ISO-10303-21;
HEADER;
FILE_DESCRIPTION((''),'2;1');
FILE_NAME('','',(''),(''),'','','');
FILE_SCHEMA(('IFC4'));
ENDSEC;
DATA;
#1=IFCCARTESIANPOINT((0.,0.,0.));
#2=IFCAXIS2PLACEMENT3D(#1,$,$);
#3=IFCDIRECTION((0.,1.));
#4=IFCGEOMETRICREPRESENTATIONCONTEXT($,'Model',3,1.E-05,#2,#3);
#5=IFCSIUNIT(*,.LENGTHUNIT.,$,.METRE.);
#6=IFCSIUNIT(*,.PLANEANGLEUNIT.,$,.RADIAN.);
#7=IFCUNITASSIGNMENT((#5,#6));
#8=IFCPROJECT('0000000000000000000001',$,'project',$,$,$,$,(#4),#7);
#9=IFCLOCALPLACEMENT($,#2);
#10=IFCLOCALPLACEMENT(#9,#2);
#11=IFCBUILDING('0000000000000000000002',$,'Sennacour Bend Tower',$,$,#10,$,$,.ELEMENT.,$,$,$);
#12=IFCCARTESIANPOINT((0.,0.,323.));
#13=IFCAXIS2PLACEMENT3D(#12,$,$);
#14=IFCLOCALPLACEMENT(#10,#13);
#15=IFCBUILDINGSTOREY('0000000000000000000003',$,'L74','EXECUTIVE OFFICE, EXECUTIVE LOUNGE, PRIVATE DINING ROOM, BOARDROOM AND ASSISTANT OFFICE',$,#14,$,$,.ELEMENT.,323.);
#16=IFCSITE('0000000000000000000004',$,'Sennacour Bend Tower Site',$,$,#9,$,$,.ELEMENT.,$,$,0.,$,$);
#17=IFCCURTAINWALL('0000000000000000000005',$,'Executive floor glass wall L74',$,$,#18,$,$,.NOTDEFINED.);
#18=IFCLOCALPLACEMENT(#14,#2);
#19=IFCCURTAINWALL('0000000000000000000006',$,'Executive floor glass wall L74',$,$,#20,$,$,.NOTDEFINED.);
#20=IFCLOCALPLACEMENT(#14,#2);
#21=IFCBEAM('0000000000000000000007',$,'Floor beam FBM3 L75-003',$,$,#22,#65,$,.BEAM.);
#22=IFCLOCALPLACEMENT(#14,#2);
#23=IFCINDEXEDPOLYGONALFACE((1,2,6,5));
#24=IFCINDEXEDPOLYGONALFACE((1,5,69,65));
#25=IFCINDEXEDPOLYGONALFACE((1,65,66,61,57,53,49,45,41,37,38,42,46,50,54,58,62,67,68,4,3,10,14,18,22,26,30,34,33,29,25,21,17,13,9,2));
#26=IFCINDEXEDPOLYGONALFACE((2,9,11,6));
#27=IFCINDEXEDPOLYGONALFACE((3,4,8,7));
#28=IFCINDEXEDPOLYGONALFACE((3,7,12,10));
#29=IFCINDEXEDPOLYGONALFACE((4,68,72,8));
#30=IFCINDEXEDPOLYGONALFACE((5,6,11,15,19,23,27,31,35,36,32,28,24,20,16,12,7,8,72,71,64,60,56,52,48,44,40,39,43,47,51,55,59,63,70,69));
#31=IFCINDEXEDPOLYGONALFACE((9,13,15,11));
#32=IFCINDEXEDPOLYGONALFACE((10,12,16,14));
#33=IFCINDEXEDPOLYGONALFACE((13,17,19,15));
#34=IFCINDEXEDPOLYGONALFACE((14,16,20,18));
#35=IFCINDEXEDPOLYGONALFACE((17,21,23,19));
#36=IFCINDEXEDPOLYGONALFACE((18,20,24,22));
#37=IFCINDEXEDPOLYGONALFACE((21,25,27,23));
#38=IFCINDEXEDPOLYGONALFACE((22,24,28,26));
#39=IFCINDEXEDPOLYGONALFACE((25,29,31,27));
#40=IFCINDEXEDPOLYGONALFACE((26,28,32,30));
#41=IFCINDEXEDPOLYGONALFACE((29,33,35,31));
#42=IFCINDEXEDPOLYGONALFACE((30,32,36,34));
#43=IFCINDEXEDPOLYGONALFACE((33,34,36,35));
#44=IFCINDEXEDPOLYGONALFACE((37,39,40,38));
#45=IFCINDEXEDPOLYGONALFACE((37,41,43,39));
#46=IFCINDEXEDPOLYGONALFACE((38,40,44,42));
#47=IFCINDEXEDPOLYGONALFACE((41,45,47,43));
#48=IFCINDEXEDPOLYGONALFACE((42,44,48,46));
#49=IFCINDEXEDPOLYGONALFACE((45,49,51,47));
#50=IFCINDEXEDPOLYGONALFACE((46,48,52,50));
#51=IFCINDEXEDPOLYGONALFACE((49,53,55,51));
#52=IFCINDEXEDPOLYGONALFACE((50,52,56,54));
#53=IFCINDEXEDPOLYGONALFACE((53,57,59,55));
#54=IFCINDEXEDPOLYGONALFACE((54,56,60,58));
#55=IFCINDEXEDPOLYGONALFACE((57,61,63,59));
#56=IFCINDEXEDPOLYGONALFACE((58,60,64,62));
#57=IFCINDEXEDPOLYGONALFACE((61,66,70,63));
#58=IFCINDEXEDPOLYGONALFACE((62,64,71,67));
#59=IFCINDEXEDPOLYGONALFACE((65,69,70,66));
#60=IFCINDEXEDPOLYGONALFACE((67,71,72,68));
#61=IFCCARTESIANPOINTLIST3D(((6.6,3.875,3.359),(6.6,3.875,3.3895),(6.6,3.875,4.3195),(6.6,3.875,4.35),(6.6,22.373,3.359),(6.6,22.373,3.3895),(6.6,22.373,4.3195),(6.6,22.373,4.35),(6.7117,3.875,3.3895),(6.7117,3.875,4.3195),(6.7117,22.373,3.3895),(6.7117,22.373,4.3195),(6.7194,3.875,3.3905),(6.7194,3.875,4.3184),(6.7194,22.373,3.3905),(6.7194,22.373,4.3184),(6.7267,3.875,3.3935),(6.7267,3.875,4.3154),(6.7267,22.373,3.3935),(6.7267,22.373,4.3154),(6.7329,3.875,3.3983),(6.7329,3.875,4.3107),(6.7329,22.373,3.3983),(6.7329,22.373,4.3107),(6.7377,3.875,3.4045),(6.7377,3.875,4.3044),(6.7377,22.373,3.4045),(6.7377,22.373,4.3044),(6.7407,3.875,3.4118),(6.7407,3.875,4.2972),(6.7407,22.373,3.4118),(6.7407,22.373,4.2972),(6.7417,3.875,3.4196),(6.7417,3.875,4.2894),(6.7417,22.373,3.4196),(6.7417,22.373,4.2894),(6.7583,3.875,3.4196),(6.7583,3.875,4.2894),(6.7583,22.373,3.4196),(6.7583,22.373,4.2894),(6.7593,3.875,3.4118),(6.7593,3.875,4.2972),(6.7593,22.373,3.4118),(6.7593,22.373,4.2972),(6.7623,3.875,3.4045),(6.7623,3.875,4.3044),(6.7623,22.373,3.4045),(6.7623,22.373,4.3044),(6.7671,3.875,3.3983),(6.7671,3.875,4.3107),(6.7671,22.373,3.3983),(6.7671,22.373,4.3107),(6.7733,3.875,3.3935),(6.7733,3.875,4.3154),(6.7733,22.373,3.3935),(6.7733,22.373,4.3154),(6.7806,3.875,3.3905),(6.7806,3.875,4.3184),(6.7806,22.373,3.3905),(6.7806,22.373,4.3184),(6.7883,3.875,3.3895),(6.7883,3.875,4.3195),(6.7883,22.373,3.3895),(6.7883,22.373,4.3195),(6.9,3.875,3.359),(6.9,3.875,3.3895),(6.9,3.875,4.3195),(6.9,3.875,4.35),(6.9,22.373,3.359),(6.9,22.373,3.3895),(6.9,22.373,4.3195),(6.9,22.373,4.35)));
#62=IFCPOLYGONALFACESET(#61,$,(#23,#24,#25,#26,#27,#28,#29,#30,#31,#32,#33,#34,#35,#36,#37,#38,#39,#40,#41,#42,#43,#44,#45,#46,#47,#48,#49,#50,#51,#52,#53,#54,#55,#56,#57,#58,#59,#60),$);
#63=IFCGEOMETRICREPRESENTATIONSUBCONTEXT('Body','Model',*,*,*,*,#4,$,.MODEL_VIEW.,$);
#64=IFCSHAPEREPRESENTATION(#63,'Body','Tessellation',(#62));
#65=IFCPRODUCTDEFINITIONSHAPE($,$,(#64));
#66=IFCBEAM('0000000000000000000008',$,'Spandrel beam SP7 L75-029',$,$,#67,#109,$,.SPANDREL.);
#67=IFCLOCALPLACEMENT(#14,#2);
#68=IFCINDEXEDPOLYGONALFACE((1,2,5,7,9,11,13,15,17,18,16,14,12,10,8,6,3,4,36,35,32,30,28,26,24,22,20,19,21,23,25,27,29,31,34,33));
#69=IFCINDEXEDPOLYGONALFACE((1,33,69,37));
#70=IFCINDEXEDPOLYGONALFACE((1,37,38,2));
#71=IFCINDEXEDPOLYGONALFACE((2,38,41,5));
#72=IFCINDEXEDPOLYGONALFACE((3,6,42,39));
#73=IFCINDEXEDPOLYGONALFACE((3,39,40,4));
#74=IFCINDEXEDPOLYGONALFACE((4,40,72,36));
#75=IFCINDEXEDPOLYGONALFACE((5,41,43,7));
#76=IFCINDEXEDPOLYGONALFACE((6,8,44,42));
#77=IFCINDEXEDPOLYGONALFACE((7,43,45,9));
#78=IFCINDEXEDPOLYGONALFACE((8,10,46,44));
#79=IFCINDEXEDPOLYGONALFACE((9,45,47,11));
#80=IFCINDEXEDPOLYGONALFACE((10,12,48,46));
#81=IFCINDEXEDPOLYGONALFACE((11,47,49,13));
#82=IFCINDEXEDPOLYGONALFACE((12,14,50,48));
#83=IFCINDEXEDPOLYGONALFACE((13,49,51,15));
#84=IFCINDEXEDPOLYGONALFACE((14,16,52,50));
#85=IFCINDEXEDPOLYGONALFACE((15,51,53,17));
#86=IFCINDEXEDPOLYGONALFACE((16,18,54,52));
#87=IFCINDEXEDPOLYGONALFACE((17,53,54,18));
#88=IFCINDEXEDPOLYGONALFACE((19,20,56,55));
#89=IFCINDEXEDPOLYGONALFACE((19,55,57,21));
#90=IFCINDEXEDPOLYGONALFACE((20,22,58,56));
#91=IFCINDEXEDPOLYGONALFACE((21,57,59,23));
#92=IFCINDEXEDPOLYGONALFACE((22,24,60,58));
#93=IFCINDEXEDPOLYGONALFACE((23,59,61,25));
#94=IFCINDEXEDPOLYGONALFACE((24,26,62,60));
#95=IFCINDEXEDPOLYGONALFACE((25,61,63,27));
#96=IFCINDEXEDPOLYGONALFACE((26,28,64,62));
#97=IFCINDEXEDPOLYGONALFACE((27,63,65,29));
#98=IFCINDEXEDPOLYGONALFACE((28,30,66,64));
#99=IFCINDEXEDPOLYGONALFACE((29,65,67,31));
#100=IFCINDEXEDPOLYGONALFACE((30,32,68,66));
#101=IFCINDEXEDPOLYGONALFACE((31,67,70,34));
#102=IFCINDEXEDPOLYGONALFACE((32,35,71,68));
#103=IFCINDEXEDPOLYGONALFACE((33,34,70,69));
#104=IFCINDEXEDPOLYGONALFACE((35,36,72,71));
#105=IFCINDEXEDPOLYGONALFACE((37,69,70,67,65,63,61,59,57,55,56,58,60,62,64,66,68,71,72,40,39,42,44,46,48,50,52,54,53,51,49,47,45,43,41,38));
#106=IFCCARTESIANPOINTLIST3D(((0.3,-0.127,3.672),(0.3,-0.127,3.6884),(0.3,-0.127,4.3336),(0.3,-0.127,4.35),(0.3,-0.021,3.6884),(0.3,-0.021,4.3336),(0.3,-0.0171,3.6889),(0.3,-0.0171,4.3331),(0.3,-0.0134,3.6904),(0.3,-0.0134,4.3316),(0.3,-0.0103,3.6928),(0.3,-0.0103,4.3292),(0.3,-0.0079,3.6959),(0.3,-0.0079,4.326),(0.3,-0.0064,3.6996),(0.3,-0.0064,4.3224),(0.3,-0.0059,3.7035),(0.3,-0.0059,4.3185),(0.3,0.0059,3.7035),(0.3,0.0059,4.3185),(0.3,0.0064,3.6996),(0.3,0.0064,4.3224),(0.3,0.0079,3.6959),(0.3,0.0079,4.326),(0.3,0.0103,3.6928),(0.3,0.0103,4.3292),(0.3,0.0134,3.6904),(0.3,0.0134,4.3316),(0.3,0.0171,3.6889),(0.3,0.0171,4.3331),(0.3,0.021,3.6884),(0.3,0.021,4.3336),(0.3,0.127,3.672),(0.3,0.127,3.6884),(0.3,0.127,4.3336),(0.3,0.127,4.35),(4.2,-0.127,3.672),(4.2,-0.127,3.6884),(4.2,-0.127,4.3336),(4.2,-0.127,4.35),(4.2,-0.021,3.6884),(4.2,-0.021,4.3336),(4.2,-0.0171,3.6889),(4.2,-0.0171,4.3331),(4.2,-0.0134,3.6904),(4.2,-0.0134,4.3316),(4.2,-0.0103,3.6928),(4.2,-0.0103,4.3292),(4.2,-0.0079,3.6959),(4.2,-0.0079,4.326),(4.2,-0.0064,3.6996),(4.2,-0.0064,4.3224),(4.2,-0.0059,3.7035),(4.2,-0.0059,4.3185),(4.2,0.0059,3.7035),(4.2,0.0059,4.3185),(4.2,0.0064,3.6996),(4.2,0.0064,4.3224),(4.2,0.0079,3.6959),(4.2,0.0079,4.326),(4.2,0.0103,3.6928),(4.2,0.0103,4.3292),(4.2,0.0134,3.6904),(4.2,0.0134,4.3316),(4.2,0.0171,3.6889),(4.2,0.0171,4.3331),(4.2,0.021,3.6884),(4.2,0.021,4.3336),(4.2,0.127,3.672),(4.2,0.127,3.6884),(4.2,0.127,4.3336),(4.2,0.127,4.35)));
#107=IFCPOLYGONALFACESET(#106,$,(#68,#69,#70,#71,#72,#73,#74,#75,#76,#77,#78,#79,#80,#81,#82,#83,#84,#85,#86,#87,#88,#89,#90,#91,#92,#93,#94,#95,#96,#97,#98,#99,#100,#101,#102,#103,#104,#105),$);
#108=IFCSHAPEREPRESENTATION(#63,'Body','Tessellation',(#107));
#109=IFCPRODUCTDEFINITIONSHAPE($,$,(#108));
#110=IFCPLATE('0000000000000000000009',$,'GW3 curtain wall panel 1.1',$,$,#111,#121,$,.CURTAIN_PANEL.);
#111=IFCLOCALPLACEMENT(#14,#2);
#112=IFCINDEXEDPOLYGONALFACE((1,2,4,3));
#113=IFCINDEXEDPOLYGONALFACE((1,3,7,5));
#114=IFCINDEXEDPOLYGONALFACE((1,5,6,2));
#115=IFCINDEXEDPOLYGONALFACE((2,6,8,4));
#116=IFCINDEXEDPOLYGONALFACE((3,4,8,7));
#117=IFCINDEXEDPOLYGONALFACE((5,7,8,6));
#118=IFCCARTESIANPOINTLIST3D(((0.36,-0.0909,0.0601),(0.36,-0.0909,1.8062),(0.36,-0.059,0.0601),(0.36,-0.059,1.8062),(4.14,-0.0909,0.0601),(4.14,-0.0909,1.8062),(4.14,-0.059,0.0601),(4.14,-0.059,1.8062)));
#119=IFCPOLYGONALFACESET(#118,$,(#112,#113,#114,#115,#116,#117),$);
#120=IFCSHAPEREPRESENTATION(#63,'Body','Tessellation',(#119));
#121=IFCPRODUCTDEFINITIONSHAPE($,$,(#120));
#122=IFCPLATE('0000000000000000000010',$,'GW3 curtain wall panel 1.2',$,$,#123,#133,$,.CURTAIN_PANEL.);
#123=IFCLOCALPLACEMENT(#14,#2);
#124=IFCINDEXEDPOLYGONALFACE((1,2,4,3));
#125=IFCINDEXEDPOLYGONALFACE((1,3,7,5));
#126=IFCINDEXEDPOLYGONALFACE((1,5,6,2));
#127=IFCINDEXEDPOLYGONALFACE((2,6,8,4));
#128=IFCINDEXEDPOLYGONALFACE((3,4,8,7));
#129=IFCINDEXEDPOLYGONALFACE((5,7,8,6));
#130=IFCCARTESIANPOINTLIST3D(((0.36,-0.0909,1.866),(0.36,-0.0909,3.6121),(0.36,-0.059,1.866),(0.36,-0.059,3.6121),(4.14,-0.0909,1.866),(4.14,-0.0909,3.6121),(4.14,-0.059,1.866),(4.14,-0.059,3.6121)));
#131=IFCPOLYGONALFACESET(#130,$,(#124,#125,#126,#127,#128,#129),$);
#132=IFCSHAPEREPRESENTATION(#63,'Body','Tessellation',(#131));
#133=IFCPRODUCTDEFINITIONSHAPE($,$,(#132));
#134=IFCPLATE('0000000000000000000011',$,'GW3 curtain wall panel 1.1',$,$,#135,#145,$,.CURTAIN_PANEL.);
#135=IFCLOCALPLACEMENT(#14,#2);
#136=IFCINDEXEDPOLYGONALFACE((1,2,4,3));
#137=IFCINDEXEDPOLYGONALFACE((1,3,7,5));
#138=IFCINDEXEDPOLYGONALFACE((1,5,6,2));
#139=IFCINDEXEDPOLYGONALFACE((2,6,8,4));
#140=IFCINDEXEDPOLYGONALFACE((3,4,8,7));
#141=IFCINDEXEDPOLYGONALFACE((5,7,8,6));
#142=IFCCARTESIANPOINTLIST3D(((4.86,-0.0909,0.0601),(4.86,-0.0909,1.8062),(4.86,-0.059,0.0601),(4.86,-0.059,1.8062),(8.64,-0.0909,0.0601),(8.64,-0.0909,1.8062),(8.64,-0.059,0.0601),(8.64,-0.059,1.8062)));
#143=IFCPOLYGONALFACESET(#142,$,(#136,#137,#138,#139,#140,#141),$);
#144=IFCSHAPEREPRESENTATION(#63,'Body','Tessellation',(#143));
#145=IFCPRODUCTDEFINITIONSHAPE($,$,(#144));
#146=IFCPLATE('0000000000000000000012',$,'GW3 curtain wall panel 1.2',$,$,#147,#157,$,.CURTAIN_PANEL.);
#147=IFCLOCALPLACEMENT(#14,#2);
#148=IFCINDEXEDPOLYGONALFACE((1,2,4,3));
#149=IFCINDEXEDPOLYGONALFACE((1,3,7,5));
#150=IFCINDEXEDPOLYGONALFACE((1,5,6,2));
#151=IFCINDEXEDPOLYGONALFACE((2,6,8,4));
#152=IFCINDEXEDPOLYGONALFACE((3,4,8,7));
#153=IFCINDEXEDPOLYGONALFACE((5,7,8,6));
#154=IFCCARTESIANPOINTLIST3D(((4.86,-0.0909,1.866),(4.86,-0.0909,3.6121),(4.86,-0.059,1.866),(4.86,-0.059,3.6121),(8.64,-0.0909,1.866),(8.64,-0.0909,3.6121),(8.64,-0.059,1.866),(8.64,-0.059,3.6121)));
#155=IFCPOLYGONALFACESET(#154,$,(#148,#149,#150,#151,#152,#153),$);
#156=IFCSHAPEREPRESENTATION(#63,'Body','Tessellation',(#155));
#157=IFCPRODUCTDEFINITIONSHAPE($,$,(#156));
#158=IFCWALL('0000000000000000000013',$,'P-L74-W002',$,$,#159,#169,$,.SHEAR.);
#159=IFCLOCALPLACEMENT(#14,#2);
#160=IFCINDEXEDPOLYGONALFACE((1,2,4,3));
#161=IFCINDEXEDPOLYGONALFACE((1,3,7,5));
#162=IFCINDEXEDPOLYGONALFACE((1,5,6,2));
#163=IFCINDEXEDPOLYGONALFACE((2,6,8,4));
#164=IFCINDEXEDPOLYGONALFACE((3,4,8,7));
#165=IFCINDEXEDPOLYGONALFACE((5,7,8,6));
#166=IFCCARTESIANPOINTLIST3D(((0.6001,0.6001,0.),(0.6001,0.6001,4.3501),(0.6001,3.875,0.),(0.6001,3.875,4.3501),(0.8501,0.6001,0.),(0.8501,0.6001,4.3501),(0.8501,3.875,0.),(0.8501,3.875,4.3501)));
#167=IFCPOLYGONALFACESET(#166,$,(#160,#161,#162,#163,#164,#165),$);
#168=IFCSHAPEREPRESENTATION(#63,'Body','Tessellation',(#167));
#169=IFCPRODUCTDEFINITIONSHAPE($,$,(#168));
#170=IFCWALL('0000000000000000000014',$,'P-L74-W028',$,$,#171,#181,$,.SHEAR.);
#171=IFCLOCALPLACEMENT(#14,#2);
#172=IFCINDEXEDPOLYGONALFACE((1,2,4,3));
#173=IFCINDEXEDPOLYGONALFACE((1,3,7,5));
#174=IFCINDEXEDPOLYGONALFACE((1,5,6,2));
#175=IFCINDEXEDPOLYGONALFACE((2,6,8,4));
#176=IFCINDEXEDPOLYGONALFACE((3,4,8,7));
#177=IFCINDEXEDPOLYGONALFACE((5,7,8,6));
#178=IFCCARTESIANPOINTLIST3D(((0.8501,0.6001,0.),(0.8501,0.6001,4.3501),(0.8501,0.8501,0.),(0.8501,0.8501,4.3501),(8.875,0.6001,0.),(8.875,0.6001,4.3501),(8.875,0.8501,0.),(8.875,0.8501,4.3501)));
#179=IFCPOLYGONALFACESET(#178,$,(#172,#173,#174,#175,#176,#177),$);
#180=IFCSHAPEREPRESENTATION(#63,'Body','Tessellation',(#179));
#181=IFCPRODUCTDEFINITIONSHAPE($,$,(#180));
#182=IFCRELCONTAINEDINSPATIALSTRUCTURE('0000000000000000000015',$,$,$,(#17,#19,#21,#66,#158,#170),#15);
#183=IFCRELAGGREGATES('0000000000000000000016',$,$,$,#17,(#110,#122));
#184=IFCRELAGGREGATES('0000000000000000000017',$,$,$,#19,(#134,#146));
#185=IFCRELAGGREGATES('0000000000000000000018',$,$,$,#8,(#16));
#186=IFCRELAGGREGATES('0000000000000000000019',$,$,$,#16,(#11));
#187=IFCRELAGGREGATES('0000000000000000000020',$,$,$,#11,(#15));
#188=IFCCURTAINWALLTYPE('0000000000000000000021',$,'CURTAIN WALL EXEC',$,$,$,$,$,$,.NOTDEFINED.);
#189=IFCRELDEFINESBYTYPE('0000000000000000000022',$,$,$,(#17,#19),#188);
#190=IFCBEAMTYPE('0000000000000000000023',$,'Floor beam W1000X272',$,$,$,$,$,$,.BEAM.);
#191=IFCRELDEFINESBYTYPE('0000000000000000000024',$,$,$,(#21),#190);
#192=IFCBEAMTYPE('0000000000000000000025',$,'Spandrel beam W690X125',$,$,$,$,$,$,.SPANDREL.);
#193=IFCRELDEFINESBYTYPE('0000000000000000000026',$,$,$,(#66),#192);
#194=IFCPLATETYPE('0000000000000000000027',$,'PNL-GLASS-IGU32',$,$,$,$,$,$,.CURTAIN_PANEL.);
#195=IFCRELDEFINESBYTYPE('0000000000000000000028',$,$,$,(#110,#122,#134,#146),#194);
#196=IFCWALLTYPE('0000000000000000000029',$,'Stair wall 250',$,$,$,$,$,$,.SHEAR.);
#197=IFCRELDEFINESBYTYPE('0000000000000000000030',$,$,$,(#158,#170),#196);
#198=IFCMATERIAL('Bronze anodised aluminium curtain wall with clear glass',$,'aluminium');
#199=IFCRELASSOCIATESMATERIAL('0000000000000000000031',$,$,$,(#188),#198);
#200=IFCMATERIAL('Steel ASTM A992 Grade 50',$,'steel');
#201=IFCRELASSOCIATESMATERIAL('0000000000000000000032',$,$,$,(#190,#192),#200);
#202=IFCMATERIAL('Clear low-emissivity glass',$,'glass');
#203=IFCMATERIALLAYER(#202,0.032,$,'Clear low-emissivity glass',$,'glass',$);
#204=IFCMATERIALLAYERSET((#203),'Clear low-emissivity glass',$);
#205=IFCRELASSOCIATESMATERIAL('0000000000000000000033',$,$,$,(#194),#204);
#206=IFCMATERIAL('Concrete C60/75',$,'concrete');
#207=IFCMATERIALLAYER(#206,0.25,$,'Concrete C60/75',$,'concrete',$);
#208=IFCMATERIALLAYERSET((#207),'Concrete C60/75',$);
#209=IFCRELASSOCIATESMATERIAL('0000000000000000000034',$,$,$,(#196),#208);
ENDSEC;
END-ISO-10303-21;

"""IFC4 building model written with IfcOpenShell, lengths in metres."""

from ifc_helpers import new_model, si_unit, direction, frame, frame_2d, origin, origin_2d, place, context, subcontext, project, spatial, rectangle, i_section, extrude, material, layer, layer_set, material_profile, profile_set, type_object, element, aggregate, save


model = new_model("IFC4")

# Units and contexts
model_context = context("Model", 3, precision=1e-05, world=origin(), true_north=direction((0.0, 1.0)))
body_context = subcontext(model_context, "Body", "Model", "MODEL_VIEW")
ifc_project = project(units=[si_unit("LENGTHUNIT", "METRE"), si_unit("PLANEANGLEUNIT", "RADIAN")], contexts=[model_context])

# Site, building, storey
site_placement = place(None, origin())
site = spatial("IfcSite", under=ifc_project, at=site_placement, Name="Sennacour Bend Tower Site", CompositionType="ELEMENT", RefElevation=0.0)
building_placement = place(site_placement, origin())
building = spatial("IfcBuilding", under=site, at=building_placement, Name="Sennacour Bend Tower", CompositionType="ELEMENT")
storey_placement = place(building_placement, frame((0.0, 0.0, 323.0)))
storey = spatial("IfcBuildingStorey", under=building, at=storey_placement, Name="L74", Description="EXECUTIVE OFFICE, EXECUTIVE LOUNGE, PRIVATE DINING ROOM, BOARDROOM AND ASSISTANT OFFICE", CompositionType="ELEMENT", Elevation=323.0)

# Curtain wall
ifc_material_1 = material(Name="Bronze anodised aluminium curtain wall with clear glass", Category="aluminium")
curtain_wall_type = type_object("IfcCurtainWallType", Name="CURTAIN WALL EXEC", PredefinedType="NOTDEFINED", material=ifc_material_1)
curtain_wall_1_placement = place(storey_placement, origin())
curtain_wall_1 = element("IfcCurtainWall", 1, at=curtain_wall_1_placement, inside=storey, type_object=curtain_wall_type, Name="Executive floor glass wall L74", PredefinedType="NOTDEFINED")

# Curtain wall
curtain_wall_2_placement = place(storey_placement, origin())
curtain_wall_2 = element("IfcCurtainWall", 2, at=curtain_wall_2_placement, inside=storey, type_object=curtain_wall_type, Name="Executive floor glass wall L74", PredefinedType="NOTDEFINED")

# Beams
ifc_material_2 = material(Name="Steel ASTM A992 Grade 50", Category="steel")
ifc_material_profile_1 = material_profile(ifc_material_2, i_section(OverallWidth=0.3, OverallDepth=0.991, WebThickness=0.0166, FlangeThickness=0.0305, FilletRadius=0.03, at=origin_2d()), Name="Steel ASTM A992 Grade 50", Category="steel")
ifc_profile_set_1 = profile_set([ifc_material_profile_1], Name="Steel ASTM A992 Grade 50")
beam_type_1 = type_object("IfcBeamType", Name="Floor beam W1000X272", PredefinedType="BEAM", material=ifc_profile_set_1)
beam_1_placement = place(storey_placement, frame((6.75, 3.875, 3.8545), z_axis=(0.0, 1.0, 0.0), x_axis=(-1.0, 0.0, 0.0)))
element("IfcBeam", 3, at=beam_1_placement, inside=storey, type_object=beam_type_1, Name="Floor beam FBM3 L75-003", PredefinedType="BEAM", context=body_context, shape_type="SweptSolid", body=[
    extrude(i_section(OverallWidth=0.3, OverallDepth=0.991, WebThickness=0.0166, FlangeThickness=0.0305, FilletRadius=0.03, at=origin_2d()), origin(), (0.0, 0.0, 1.0), 18.498),
])
ifc_material_profile_2 = material_profile(ifc_material_2, i_section(OverallWidth=0.2539, OverallDepth=0.678, WebThickness=0.0117, FlangeThickness=0.0164, FilletRadius=0.0151, at=origin_2d()), Name="Steel ASTM A992 Grade 50", Category="steel")
ifc_profile_set_2 = profile_set([ifc_material_profile_2], Name="Steel ASTM A992 Grade 50")
beam_type_2 = type_object("IfcBeamType", Name="Spandrel beam W690X125", PredefinedType="SPANDREL", material=ifc_profile_set_2)
beam_2_placement = place(storey_placement, frame((4.2, 0.0, 4.011), z_axis=(-1.0, 0.0, 0.0), x_axis=(0.0, -1.0, 0.0)))
element("IfcBeam", 4, at=beam_2_placement, inside=storey, type_object=beam_type_2, Name="Spandrel beam SP7 L75-029", PredefinedType="SPANDREL", context=body_context, shape_type="SweptSolid", body=[
    extrude(i_section(OverallWidth=0.2539, OverallDepth=0.678, WebThickness=0.0117, FlangeThickness=0.0164, FilletRadius=0.0151, at=origin_2d()), origin(), (0.0, 0.0, 1.0), 3.8999),
])

# Plates
ifc_material_3 = material(Name="Clear low-emissivity glass", Category="glass")
ifc_layer_1 = layer(ifc_material_3, 0.032, Name="Clear low-emissivity glass", Category="glass")
ifc_layer_set_1 = layer_set([ifc_layer_1], Name="Clear low-emissivity glass")
plate_type = type_object("IfcPlateType", Name="PNL-GLASS-IGU32", PredefinedType="CURTAIN_PANEL", material=ifc_layer_set_1)
plate_1_placement = place(storey_placement, frame((2.25, -0.075, 0.0601), z_axis=(0.0, 0.0, 1.0), x_axis=(1.0, 0.0, 0.0)))
plate_1 = element("IfcPlate", 5, at=plate_1_placement, type_object=plate_type, Name="GW3 curtain wall panel 1.1", PredefinedType="CURTAIN_PANEL", context=body_context, shape_type="SweptSolid", body=[
    extrude(rectangle(XDim=3.78, YDim=0.032, at=origin_2d()), origin(), (0.0, 0.0, 1.0), 1.7461),
])
plate_2_placement = place(storey_placement, frame((2.25, -0.075, 1.866), z_axis=(0.0, 0.0, 1.0), x_axis=(1.0, 0.0, 0.0)))
plate_2 = element("IfcPlate", 6, at=plate_2_placement, type_object=plate_type, Name="GW3 curtain wall panel 1.2", PredefinedType="CURTAIN_PANEL", context=body_context, shape_type="SweptSolid", body=[
    extrude(rectangle(XDim=3.78, YDim=0.032, at=origin_2d()), origin(), (0.0, 0.0, 1.0), 1.7461),
])
aggregate(curtain_wall_1, [plate_1, plate_2])
plate_3_placement = place(storey_placement, frame((6.75, -0.075, 0.0601), z_axis=(0.0, 0.0, 1.0), x_axis=(1.0, 0.0, 0.0)))
plate_3 = element("IfcPlate", 7, at=plate_3_placement, type_object=plate_type, Name="GW3 curtain wall panel 1.1", PredefinedType="CURTAIN_PANEL", context=body_context, shape_type="SweptSolid", body=[
    extrude(rectangle(XDim=3.78, YDim=0.032, at=origin_2d()), origin(), (0.0, 0.0, 1.0), 1.7461),
])
plate_4_placement = place(storey_placement, frame((6.75, -0.075, 1.866), z_axis=(0.0, 0.0, 1.0), x_axis=(1.0, 0.0, 0.0)))
plate_4 = element("IfcPlate", 8, at=plate_4_placement, type_object=plate_type, Name="GW3 curtain wall panel 1.2", PredefinedType="CURTAIN_PANEL", context=body_context, shape_type="SweptSolid", body=[
    extrude(rectangle(XDim=3.78, YDim=0.032, at=origin_2d()), origin(), (0.0, 0.0, 1.0), 1.7461),
])
aggregate(curtain_wall_2, [plate_3, plate_4])

# Walls
ifc_material_4 = material(Name="Concrete C60/75", Category="concrete")
ifc_layer_2 = layer(ifc_material_4, 0.25, Name="Concrete C60/75", Category="concrete")
ifc_layer_set_2 = layer_set([ifc_layer_2], Name="Concrete C60/75")
wall_type = type_object("IfcWallType", Name="Stair wall 250", PredefinedType="SHEAR", material=ifc_layer_set_2)
wall_1_placement = place(storey_placement, frame((0.7251, 0.6001, 0.0), z_axis=(0.0, 0.0, 1.0), x_axis=(0.0, 1.0, 0.0)))
element("IfcWall", 9, at=wall_1_placement, inside=storey, type_object=wall_type, Name="P-L74-W002", PredefinedType="SHEAR", context=body_context, shape_type="SweptSolid", body=[
    extrude(rectangle(XDim=3.2749, YDim=0.25, at=frame_2d((1.6375, 0.0))), origin(), (0.0, 0.0, 1.0), 4.3501),
])
wall_2_placement = place(storey_placement, frame((0.8501, 0.7251, 0.0), z_axis=(0.0, 0.0, 1.0), x_axis=(1.0, 0.0, 0.0)))
element("IfcWall", 10, at=wall_2_placement, inside=storey, type_object=wall_type, Name="P-L74-W028", PredefinedType="SHEAR", context=body_context, shape_type="SweptSolid", body=[
    extrude(rectangle(XDim=8.0249, YDim=0.25, at=frame_2d((4.0125, 0.0))), origin(), (0.0, 0.0, 1.0), 4.3501),
])

save(model, "model.ifc")
